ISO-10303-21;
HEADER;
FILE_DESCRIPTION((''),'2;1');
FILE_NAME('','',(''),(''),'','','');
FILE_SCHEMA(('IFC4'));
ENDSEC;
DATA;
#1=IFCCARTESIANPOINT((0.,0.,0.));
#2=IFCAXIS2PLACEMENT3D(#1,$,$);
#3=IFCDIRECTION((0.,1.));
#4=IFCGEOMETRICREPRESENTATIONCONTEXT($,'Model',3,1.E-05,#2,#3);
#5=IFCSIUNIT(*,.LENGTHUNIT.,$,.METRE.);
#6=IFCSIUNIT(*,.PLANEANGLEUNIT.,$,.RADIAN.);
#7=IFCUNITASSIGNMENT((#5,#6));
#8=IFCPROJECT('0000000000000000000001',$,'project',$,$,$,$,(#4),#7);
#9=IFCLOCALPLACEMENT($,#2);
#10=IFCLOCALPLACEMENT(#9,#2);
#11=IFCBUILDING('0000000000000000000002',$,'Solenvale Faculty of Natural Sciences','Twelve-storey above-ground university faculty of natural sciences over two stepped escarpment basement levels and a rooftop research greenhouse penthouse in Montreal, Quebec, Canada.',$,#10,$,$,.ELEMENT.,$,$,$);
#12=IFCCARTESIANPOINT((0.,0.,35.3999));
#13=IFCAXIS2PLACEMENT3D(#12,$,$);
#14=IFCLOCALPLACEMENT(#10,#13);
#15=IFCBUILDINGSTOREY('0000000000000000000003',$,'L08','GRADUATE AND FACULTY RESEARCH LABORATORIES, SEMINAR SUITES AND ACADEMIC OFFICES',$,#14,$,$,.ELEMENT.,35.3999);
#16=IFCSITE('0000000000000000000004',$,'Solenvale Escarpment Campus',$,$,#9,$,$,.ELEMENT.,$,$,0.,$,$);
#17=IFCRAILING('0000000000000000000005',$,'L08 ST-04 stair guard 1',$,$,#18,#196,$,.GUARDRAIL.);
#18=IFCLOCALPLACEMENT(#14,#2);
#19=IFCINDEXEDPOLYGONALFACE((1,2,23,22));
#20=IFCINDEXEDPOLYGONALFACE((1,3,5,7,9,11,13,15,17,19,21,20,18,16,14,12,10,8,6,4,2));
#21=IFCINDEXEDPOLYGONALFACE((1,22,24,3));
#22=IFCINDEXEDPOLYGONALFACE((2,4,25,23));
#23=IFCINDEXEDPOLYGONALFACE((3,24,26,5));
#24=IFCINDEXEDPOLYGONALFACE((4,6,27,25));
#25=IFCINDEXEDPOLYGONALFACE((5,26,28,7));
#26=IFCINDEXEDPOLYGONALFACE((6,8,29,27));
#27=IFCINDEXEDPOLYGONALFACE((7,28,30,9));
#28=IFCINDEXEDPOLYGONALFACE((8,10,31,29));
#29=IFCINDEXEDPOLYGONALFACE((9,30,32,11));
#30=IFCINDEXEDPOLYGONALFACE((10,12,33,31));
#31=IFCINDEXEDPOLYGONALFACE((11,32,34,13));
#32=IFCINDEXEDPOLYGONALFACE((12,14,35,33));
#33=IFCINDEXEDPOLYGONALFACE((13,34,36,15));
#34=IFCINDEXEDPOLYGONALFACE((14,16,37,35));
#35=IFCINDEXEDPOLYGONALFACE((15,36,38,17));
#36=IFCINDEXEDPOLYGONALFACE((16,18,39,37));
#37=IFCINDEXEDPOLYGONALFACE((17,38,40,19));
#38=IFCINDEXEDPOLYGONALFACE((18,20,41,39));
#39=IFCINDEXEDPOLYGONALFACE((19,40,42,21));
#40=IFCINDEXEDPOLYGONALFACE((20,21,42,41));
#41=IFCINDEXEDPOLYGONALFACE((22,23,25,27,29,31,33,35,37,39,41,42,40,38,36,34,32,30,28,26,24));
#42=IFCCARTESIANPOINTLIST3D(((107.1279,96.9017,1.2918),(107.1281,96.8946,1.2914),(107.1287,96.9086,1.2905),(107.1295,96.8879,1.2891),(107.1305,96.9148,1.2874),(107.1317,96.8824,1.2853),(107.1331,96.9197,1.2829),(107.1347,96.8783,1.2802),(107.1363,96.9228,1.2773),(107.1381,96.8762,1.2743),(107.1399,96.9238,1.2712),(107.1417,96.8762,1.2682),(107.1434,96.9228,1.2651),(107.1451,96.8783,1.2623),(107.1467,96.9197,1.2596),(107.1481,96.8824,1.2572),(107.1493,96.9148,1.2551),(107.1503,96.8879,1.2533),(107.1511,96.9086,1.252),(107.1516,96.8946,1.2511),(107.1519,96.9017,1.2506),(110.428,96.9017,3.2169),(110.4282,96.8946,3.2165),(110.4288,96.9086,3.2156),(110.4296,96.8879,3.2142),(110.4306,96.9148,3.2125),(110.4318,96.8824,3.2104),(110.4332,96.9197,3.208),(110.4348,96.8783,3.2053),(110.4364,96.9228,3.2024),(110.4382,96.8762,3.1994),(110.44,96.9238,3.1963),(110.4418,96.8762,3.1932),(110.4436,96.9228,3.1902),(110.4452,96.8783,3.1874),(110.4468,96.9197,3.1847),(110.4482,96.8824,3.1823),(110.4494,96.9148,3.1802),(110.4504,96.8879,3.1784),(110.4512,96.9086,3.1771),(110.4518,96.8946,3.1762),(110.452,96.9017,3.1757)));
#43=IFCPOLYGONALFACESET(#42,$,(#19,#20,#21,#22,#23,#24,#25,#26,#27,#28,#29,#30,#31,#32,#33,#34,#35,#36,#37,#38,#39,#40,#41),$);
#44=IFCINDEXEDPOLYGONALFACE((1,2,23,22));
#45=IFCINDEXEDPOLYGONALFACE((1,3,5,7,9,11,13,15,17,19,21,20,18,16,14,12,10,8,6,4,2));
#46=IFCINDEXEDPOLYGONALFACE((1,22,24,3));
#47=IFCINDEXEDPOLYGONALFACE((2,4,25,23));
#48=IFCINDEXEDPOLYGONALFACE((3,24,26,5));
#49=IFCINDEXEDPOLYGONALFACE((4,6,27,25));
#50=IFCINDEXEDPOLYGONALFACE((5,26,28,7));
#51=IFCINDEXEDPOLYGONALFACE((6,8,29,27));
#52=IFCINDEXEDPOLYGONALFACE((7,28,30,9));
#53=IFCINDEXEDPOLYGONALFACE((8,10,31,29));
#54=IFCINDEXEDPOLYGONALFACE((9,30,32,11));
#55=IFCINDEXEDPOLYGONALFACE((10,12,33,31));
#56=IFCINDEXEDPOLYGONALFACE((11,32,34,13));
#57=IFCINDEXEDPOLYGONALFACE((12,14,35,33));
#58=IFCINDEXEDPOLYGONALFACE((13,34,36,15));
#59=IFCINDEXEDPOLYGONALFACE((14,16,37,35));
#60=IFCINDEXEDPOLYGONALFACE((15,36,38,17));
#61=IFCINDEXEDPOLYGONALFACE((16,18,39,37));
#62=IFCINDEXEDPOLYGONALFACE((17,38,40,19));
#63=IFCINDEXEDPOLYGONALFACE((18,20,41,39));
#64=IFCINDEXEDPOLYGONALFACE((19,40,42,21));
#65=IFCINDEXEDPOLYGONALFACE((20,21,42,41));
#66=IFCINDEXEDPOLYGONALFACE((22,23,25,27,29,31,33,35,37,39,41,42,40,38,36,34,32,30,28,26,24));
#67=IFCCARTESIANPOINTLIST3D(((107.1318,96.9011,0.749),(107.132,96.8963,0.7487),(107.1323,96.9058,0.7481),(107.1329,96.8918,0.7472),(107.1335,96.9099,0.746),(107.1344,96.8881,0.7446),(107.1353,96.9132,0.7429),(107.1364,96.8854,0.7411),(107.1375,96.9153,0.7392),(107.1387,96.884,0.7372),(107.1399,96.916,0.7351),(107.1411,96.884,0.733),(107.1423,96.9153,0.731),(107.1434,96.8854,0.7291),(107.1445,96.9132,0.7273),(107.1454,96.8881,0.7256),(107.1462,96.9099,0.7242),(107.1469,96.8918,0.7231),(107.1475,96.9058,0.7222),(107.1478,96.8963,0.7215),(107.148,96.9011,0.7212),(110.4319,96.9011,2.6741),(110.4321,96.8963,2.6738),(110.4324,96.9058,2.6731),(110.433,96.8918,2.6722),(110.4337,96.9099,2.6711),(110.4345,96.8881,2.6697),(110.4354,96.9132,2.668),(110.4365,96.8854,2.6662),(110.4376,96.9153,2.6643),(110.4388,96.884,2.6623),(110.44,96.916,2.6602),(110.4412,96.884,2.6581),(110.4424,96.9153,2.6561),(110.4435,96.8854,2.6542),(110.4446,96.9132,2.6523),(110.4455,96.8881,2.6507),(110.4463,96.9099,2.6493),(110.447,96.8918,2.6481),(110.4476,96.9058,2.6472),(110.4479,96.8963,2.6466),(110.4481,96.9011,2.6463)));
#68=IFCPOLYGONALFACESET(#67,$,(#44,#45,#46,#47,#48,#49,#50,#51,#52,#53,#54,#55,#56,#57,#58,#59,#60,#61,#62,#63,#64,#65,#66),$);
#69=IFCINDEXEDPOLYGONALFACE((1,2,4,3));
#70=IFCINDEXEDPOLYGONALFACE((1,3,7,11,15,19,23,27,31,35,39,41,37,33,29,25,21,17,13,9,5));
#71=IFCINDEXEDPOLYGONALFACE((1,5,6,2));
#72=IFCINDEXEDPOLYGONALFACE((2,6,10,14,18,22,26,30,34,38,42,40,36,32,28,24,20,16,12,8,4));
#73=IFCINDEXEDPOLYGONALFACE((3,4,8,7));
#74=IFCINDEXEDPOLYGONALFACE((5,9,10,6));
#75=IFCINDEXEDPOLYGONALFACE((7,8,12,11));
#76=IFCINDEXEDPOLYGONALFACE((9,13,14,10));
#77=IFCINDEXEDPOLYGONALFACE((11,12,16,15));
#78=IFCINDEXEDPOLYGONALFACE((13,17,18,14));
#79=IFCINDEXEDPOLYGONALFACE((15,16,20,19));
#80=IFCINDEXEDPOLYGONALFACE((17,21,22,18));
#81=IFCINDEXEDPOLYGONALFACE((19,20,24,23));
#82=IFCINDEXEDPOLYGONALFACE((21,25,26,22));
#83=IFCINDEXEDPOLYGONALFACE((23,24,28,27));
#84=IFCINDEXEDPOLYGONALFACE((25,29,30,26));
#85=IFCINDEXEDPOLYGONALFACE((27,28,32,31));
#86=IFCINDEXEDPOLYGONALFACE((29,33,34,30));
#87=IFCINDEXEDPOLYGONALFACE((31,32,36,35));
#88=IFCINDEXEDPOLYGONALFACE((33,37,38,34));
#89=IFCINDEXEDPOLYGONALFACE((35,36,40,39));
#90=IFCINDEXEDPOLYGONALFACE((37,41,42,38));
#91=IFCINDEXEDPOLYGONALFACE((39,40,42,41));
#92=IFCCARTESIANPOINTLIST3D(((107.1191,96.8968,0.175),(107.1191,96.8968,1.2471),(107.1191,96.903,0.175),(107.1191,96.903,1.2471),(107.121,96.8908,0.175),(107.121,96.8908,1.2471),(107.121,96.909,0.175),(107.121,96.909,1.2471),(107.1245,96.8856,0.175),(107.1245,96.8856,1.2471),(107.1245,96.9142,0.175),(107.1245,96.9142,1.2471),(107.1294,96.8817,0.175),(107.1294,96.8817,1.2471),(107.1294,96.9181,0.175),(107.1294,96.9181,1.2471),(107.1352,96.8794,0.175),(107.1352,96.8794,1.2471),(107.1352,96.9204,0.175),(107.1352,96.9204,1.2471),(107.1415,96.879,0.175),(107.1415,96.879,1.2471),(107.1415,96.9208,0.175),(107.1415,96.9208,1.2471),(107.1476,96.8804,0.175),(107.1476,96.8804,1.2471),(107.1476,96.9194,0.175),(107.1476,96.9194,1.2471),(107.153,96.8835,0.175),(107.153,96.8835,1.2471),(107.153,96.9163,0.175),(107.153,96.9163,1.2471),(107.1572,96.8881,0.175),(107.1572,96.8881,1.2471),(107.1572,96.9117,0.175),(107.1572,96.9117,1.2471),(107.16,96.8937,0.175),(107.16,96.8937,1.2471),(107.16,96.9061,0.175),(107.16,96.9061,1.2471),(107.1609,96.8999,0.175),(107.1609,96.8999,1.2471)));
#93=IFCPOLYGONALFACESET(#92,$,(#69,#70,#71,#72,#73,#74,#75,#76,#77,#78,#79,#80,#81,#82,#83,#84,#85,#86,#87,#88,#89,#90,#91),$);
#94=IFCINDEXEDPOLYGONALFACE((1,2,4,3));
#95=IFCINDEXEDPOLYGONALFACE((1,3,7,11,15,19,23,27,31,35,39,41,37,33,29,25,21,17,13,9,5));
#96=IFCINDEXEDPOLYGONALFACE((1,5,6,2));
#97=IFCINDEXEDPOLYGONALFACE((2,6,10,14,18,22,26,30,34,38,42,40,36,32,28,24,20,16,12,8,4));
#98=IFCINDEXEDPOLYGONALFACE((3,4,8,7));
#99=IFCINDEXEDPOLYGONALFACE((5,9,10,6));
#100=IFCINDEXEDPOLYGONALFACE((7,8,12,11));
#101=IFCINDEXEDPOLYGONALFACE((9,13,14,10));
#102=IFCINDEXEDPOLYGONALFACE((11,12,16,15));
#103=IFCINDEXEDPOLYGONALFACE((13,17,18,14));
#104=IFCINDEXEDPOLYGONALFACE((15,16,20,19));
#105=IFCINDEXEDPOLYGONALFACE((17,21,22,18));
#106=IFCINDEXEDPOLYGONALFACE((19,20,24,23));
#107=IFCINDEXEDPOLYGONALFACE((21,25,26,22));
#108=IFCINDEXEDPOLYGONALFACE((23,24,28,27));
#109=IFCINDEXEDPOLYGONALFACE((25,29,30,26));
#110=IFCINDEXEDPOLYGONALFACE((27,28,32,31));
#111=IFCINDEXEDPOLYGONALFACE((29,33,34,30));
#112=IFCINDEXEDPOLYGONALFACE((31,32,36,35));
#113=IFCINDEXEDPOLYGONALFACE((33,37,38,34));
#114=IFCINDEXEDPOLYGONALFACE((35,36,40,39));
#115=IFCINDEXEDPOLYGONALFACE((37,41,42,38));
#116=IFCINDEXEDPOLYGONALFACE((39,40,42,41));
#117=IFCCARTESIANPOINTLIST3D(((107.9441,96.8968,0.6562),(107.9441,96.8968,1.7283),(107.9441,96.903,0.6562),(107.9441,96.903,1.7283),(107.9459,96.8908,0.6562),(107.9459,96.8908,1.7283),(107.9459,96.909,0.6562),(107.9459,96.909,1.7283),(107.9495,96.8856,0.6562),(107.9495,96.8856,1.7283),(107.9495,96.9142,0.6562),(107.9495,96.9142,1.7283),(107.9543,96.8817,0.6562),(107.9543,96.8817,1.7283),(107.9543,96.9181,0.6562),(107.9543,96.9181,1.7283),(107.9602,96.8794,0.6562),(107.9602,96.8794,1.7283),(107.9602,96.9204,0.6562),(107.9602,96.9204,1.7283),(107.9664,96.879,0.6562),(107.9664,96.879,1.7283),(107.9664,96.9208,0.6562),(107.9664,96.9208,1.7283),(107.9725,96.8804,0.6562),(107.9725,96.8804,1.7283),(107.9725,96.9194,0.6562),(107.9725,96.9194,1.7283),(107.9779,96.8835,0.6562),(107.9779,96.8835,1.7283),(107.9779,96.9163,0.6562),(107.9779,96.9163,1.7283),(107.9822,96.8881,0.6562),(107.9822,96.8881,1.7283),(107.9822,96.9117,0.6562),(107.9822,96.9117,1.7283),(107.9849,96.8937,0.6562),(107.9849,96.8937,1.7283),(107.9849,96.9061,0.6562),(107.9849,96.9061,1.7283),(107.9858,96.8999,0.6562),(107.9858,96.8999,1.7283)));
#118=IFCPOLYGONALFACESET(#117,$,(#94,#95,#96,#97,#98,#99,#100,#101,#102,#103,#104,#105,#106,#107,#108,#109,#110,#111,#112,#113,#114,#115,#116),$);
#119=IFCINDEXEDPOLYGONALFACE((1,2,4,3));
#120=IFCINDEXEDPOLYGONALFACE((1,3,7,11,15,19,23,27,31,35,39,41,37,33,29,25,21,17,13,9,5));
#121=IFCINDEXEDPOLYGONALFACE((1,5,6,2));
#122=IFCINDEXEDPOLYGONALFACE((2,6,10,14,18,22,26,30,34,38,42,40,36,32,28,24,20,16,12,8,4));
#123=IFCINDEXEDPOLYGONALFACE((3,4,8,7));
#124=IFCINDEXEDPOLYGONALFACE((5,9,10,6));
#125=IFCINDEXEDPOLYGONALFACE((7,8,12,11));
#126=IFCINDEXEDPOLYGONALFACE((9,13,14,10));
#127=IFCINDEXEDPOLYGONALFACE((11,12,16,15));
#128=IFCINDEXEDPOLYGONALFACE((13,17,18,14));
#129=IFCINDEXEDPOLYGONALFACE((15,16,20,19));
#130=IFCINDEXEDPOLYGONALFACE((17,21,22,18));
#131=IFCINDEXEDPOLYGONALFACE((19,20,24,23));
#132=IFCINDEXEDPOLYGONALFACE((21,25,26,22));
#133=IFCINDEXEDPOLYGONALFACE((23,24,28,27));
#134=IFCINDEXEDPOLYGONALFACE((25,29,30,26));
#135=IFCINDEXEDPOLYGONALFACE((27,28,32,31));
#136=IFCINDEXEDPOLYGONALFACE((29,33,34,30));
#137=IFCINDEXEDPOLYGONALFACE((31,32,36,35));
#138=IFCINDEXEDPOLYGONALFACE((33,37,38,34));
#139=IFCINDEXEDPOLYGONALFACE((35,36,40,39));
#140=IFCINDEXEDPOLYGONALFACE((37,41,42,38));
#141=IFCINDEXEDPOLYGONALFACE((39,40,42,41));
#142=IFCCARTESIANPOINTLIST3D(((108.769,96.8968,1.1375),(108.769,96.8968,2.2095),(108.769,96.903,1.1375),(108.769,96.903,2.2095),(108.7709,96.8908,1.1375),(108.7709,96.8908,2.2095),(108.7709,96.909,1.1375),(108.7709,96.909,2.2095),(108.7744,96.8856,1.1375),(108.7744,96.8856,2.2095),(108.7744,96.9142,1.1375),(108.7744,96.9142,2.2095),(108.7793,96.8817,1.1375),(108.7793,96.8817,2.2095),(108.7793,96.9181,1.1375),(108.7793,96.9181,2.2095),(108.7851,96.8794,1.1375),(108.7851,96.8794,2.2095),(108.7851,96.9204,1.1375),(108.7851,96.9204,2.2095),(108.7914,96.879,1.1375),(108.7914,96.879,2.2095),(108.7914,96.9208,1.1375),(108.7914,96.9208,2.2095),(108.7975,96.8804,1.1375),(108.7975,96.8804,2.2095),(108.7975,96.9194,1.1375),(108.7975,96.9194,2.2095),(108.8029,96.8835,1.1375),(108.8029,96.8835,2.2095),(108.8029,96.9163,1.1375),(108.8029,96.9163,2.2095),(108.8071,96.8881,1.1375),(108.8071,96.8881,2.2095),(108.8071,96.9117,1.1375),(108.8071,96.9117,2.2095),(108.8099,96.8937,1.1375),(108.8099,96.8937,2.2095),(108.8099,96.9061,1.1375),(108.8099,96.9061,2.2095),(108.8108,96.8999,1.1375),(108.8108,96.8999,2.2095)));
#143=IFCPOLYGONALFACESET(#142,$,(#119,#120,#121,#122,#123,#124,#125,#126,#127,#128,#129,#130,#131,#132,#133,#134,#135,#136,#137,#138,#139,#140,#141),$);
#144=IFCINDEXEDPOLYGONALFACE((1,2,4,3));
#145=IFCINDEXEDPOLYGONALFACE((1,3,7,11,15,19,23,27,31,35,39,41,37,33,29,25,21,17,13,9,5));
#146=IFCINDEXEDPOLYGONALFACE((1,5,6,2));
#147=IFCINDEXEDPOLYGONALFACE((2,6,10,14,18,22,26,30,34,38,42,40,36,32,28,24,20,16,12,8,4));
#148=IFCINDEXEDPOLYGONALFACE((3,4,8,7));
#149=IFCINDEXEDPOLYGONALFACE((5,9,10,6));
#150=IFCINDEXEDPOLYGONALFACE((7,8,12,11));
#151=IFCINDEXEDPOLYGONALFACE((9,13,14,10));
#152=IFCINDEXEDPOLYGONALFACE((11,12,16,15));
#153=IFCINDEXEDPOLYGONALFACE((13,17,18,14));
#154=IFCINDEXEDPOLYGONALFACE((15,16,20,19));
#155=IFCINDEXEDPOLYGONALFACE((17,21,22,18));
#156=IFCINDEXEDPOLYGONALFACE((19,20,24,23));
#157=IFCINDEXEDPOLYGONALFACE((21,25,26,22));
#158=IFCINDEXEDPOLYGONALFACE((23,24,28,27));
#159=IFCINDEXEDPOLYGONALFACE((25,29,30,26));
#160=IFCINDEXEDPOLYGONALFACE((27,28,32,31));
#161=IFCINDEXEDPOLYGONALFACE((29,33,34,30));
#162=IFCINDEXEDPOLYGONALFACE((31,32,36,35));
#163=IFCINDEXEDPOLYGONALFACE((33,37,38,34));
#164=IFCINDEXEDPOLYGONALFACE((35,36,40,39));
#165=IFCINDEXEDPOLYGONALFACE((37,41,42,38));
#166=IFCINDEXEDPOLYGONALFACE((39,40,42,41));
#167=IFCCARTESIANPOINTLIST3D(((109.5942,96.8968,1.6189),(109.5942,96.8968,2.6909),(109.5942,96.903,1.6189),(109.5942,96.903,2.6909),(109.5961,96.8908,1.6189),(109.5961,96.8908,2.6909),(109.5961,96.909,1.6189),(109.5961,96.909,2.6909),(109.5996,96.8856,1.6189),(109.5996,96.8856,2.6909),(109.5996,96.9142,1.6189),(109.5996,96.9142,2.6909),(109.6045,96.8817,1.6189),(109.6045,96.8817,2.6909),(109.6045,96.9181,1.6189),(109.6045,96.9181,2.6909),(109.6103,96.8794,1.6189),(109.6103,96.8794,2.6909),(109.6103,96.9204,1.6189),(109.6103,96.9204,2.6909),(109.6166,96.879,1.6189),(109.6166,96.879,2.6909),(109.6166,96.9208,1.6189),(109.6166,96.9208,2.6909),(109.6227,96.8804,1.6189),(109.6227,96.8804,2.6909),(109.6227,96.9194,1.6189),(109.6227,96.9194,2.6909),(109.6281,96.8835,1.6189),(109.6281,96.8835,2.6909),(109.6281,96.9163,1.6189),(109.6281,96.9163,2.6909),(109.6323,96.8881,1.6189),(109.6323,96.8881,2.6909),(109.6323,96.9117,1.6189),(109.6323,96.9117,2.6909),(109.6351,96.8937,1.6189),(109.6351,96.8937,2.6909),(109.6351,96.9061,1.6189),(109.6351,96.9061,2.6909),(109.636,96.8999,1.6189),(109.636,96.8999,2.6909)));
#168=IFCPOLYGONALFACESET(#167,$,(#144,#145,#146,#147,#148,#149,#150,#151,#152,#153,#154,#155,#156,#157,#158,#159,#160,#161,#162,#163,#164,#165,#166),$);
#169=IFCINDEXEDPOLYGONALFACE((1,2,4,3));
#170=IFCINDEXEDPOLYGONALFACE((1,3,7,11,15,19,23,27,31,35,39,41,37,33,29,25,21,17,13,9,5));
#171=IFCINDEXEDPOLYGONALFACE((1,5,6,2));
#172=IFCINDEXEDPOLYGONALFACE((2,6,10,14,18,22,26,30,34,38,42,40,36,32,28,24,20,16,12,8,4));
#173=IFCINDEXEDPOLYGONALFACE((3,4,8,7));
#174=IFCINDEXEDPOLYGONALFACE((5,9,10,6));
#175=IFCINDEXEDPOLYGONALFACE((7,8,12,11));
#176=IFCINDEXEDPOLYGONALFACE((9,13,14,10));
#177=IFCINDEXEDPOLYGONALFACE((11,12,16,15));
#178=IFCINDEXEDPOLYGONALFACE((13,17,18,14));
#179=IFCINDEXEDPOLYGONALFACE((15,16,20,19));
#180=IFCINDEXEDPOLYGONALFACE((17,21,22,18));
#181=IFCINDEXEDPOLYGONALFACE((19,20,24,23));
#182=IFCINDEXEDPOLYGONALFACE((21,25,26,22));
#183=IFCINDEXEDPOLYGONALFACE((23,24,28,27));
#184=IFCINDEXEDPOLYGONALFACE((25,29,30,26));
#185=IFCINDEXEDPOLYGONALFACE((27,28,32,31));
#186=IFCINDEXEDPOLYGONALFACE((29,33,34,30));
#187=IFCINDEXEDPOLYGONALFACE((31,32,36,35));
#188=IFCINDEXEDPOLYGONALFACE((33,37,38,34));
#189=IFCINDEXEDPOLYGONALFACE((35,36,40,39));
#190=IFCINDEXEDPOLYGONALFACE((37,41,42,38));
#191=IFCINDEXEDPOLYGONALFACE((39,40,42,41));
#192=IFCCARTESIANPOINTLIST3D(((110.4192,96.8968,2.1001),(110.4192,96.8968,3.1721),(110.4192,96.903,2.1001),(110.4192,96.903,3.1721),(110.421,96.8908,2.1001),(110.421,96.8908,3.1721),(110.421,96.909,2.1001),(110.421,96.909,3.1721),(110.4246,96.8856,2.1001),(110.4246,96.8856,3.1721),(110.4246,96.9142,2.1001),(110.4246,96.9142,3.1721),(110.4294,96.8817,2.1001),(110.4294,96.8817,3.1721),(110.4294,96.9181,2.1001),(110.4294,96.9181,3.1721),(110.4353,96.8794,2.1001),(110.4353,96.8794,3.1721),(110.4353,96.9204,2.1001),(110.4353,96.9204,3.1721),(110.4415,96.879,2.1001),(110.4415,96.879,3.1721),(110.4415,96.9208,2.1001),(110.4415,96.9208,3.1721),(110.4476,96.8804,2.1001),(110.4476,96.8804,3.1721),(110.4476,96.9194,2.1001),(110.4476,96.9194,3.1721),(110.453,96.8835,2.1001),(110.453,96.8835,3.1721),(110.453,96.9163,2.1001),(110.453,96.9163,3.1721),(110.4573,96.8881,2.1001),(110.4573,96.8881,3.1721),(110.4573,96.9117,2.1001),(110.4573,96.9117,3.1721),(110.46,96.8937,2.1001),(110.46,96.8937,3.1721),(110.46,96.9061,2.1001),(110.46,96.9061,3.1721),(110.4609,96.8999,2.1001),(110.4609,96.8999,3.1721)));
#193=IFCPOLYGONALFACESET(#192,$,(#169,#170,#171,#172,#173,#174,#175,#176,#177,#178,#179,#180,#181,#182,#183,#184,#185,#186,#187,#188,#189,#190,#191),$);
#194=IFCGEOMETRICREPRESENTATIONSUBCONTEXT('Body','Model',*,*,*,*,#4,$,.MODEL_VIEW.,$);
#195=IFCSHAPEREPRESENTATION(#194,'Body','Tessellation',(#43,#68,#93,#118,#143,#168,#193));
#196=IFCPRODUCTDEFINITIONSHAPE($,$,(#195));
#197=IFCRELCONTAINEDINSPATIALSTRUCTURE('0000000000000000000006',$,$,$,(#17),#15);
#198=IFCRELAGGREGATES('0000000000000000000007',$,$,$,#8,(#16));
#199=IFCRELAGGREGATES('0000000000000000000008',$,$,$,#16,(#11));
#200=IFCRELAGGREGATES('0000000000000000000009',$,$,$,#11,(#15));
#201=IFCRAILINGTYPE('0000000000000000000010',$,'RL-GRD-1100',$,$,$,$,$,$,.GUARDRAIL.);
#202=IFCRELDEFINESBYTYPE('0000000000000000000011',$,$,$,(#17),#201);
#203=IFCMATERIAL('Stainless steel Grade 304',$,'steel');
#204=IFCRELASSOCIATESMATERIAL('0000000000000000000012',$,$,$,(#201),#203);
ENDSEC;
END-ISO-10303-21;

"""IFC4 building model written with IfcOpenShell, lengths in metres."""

from ifc_helpers import new_model, si_unit, direction, frame, origin, origin_2d, place, context, subcontext, project, spatial, circle, extrude, material, type_object, element, save


model = new_model("IFC4")

# Units and contexts
model_context = context("Model", 3, precision=1e-05, world=origin(), true_north=direction((0.0, 1.0)))
body_context = subcontext(model_context, "Body", "Model", "MODEL_VIEW")
ifc_project = project(units=[si_unit("LENGTHUNIT", "METRE"), si_unit("PLANEANGLEUNIT", "RADIAN")], contexts=[model_context])

# Site, building, storey
site_placement = place(None, origin())
site = spatial("IfcSite", under=ifc_project, at=site_placement, Name="Solenvale Escarpment Campus", CompositionType="ELEMENT", RefElevation=0.0)
building_placement = place(site_placement, origin())
building = spatial("IfcBuilding", under=site, at=building_placement, Name="Solenvale Faculty of Natural Sciences", Description="Twelve-storey above-ground university faculty of natural sciences over two stepped escarpment basement levels and a rooftop research greenhouse penthouse in Montreal, Quebec, Canada.", CompositionType="ELEMENT")
storey_placement = place(building_placement, frame((0.0, 0.0, 35.3999)))
storey = spatial("IfcBuildingStorey", under=building, at=storey_placement, Name="L08", Description="GRADUATE AND FACULTY RESEARCH LABORATORIES, SEMINAR SUITES AND ACADEMIC OFFICES", CompositionType="ELEMENT", Elevation=35.3999)

# Railing
ifc_material_1 = material(Name="Stainless steel Grade 304", Category="steel")
railing_type_1 = type_object("IfcRailingType", Name="RL-GRD-1100", PredefinedType="GUARDRAIL", material=ifc_material_1)
railing_1_placement = place(storey_placement, frame((107.1399, 96.8999, 0.175)))
element("IfcRailing", 1, at=railing_1_placement, inside=storey, type_object=railing_type_1, Name="L08 ST-04 stair guard 1", PredefinedType="GUARDRAIL", context=body_context, shape_type="SweptSolid", body=[
    extrude(circle(Radius=0.0239, at=origin_2d()), frame((0.0, 0.0, 1.0962), z_axis=(0.863777, 0.0, 0.503875), x_axis=(0.0, 1.0, 0.0)), (0.0, 0.0, 1.0), 3.8206),
    extrude(circle(Radius=0.0161, at=origin_2d()), frame((0.0, 0.0, 0.5601), z_axis=(0.863777, 0.0, 0.503875), x_axis=(0.0, 1.0, 0.0)), (0.0, 0.0, 1.0), 3.8206),
    extrude(circle(Radius=0.021, at=origin_2d()), origin(), (0.0, 0.0, 1.0), 1.072),
    extrude(circle(Radius=0.021, at=origin_2d()), frame((0.825, 0.0, 0.4812)), (0.0, 0.0, 1.0), 1.072),
    extrude(circle(Radius=0.021, at=origin_2d()), frame((1.6499, 0.0, 0.9624)), (0.0, 0.0, 1.0), 1.072),
    extrude(circle(Radius=0.021, at=origin_2d()), frame((2.4751, 0.0, 1.4438)), (0.0, 0.0, 1.0), 1.072),
    extrude(circle(Radius=0.021, at=origin_2d()), frame((3.3, 0.0, 1.925)), (0.0, 0.0, 1.0), 1.072),
])

save(model, "model.ifc")
